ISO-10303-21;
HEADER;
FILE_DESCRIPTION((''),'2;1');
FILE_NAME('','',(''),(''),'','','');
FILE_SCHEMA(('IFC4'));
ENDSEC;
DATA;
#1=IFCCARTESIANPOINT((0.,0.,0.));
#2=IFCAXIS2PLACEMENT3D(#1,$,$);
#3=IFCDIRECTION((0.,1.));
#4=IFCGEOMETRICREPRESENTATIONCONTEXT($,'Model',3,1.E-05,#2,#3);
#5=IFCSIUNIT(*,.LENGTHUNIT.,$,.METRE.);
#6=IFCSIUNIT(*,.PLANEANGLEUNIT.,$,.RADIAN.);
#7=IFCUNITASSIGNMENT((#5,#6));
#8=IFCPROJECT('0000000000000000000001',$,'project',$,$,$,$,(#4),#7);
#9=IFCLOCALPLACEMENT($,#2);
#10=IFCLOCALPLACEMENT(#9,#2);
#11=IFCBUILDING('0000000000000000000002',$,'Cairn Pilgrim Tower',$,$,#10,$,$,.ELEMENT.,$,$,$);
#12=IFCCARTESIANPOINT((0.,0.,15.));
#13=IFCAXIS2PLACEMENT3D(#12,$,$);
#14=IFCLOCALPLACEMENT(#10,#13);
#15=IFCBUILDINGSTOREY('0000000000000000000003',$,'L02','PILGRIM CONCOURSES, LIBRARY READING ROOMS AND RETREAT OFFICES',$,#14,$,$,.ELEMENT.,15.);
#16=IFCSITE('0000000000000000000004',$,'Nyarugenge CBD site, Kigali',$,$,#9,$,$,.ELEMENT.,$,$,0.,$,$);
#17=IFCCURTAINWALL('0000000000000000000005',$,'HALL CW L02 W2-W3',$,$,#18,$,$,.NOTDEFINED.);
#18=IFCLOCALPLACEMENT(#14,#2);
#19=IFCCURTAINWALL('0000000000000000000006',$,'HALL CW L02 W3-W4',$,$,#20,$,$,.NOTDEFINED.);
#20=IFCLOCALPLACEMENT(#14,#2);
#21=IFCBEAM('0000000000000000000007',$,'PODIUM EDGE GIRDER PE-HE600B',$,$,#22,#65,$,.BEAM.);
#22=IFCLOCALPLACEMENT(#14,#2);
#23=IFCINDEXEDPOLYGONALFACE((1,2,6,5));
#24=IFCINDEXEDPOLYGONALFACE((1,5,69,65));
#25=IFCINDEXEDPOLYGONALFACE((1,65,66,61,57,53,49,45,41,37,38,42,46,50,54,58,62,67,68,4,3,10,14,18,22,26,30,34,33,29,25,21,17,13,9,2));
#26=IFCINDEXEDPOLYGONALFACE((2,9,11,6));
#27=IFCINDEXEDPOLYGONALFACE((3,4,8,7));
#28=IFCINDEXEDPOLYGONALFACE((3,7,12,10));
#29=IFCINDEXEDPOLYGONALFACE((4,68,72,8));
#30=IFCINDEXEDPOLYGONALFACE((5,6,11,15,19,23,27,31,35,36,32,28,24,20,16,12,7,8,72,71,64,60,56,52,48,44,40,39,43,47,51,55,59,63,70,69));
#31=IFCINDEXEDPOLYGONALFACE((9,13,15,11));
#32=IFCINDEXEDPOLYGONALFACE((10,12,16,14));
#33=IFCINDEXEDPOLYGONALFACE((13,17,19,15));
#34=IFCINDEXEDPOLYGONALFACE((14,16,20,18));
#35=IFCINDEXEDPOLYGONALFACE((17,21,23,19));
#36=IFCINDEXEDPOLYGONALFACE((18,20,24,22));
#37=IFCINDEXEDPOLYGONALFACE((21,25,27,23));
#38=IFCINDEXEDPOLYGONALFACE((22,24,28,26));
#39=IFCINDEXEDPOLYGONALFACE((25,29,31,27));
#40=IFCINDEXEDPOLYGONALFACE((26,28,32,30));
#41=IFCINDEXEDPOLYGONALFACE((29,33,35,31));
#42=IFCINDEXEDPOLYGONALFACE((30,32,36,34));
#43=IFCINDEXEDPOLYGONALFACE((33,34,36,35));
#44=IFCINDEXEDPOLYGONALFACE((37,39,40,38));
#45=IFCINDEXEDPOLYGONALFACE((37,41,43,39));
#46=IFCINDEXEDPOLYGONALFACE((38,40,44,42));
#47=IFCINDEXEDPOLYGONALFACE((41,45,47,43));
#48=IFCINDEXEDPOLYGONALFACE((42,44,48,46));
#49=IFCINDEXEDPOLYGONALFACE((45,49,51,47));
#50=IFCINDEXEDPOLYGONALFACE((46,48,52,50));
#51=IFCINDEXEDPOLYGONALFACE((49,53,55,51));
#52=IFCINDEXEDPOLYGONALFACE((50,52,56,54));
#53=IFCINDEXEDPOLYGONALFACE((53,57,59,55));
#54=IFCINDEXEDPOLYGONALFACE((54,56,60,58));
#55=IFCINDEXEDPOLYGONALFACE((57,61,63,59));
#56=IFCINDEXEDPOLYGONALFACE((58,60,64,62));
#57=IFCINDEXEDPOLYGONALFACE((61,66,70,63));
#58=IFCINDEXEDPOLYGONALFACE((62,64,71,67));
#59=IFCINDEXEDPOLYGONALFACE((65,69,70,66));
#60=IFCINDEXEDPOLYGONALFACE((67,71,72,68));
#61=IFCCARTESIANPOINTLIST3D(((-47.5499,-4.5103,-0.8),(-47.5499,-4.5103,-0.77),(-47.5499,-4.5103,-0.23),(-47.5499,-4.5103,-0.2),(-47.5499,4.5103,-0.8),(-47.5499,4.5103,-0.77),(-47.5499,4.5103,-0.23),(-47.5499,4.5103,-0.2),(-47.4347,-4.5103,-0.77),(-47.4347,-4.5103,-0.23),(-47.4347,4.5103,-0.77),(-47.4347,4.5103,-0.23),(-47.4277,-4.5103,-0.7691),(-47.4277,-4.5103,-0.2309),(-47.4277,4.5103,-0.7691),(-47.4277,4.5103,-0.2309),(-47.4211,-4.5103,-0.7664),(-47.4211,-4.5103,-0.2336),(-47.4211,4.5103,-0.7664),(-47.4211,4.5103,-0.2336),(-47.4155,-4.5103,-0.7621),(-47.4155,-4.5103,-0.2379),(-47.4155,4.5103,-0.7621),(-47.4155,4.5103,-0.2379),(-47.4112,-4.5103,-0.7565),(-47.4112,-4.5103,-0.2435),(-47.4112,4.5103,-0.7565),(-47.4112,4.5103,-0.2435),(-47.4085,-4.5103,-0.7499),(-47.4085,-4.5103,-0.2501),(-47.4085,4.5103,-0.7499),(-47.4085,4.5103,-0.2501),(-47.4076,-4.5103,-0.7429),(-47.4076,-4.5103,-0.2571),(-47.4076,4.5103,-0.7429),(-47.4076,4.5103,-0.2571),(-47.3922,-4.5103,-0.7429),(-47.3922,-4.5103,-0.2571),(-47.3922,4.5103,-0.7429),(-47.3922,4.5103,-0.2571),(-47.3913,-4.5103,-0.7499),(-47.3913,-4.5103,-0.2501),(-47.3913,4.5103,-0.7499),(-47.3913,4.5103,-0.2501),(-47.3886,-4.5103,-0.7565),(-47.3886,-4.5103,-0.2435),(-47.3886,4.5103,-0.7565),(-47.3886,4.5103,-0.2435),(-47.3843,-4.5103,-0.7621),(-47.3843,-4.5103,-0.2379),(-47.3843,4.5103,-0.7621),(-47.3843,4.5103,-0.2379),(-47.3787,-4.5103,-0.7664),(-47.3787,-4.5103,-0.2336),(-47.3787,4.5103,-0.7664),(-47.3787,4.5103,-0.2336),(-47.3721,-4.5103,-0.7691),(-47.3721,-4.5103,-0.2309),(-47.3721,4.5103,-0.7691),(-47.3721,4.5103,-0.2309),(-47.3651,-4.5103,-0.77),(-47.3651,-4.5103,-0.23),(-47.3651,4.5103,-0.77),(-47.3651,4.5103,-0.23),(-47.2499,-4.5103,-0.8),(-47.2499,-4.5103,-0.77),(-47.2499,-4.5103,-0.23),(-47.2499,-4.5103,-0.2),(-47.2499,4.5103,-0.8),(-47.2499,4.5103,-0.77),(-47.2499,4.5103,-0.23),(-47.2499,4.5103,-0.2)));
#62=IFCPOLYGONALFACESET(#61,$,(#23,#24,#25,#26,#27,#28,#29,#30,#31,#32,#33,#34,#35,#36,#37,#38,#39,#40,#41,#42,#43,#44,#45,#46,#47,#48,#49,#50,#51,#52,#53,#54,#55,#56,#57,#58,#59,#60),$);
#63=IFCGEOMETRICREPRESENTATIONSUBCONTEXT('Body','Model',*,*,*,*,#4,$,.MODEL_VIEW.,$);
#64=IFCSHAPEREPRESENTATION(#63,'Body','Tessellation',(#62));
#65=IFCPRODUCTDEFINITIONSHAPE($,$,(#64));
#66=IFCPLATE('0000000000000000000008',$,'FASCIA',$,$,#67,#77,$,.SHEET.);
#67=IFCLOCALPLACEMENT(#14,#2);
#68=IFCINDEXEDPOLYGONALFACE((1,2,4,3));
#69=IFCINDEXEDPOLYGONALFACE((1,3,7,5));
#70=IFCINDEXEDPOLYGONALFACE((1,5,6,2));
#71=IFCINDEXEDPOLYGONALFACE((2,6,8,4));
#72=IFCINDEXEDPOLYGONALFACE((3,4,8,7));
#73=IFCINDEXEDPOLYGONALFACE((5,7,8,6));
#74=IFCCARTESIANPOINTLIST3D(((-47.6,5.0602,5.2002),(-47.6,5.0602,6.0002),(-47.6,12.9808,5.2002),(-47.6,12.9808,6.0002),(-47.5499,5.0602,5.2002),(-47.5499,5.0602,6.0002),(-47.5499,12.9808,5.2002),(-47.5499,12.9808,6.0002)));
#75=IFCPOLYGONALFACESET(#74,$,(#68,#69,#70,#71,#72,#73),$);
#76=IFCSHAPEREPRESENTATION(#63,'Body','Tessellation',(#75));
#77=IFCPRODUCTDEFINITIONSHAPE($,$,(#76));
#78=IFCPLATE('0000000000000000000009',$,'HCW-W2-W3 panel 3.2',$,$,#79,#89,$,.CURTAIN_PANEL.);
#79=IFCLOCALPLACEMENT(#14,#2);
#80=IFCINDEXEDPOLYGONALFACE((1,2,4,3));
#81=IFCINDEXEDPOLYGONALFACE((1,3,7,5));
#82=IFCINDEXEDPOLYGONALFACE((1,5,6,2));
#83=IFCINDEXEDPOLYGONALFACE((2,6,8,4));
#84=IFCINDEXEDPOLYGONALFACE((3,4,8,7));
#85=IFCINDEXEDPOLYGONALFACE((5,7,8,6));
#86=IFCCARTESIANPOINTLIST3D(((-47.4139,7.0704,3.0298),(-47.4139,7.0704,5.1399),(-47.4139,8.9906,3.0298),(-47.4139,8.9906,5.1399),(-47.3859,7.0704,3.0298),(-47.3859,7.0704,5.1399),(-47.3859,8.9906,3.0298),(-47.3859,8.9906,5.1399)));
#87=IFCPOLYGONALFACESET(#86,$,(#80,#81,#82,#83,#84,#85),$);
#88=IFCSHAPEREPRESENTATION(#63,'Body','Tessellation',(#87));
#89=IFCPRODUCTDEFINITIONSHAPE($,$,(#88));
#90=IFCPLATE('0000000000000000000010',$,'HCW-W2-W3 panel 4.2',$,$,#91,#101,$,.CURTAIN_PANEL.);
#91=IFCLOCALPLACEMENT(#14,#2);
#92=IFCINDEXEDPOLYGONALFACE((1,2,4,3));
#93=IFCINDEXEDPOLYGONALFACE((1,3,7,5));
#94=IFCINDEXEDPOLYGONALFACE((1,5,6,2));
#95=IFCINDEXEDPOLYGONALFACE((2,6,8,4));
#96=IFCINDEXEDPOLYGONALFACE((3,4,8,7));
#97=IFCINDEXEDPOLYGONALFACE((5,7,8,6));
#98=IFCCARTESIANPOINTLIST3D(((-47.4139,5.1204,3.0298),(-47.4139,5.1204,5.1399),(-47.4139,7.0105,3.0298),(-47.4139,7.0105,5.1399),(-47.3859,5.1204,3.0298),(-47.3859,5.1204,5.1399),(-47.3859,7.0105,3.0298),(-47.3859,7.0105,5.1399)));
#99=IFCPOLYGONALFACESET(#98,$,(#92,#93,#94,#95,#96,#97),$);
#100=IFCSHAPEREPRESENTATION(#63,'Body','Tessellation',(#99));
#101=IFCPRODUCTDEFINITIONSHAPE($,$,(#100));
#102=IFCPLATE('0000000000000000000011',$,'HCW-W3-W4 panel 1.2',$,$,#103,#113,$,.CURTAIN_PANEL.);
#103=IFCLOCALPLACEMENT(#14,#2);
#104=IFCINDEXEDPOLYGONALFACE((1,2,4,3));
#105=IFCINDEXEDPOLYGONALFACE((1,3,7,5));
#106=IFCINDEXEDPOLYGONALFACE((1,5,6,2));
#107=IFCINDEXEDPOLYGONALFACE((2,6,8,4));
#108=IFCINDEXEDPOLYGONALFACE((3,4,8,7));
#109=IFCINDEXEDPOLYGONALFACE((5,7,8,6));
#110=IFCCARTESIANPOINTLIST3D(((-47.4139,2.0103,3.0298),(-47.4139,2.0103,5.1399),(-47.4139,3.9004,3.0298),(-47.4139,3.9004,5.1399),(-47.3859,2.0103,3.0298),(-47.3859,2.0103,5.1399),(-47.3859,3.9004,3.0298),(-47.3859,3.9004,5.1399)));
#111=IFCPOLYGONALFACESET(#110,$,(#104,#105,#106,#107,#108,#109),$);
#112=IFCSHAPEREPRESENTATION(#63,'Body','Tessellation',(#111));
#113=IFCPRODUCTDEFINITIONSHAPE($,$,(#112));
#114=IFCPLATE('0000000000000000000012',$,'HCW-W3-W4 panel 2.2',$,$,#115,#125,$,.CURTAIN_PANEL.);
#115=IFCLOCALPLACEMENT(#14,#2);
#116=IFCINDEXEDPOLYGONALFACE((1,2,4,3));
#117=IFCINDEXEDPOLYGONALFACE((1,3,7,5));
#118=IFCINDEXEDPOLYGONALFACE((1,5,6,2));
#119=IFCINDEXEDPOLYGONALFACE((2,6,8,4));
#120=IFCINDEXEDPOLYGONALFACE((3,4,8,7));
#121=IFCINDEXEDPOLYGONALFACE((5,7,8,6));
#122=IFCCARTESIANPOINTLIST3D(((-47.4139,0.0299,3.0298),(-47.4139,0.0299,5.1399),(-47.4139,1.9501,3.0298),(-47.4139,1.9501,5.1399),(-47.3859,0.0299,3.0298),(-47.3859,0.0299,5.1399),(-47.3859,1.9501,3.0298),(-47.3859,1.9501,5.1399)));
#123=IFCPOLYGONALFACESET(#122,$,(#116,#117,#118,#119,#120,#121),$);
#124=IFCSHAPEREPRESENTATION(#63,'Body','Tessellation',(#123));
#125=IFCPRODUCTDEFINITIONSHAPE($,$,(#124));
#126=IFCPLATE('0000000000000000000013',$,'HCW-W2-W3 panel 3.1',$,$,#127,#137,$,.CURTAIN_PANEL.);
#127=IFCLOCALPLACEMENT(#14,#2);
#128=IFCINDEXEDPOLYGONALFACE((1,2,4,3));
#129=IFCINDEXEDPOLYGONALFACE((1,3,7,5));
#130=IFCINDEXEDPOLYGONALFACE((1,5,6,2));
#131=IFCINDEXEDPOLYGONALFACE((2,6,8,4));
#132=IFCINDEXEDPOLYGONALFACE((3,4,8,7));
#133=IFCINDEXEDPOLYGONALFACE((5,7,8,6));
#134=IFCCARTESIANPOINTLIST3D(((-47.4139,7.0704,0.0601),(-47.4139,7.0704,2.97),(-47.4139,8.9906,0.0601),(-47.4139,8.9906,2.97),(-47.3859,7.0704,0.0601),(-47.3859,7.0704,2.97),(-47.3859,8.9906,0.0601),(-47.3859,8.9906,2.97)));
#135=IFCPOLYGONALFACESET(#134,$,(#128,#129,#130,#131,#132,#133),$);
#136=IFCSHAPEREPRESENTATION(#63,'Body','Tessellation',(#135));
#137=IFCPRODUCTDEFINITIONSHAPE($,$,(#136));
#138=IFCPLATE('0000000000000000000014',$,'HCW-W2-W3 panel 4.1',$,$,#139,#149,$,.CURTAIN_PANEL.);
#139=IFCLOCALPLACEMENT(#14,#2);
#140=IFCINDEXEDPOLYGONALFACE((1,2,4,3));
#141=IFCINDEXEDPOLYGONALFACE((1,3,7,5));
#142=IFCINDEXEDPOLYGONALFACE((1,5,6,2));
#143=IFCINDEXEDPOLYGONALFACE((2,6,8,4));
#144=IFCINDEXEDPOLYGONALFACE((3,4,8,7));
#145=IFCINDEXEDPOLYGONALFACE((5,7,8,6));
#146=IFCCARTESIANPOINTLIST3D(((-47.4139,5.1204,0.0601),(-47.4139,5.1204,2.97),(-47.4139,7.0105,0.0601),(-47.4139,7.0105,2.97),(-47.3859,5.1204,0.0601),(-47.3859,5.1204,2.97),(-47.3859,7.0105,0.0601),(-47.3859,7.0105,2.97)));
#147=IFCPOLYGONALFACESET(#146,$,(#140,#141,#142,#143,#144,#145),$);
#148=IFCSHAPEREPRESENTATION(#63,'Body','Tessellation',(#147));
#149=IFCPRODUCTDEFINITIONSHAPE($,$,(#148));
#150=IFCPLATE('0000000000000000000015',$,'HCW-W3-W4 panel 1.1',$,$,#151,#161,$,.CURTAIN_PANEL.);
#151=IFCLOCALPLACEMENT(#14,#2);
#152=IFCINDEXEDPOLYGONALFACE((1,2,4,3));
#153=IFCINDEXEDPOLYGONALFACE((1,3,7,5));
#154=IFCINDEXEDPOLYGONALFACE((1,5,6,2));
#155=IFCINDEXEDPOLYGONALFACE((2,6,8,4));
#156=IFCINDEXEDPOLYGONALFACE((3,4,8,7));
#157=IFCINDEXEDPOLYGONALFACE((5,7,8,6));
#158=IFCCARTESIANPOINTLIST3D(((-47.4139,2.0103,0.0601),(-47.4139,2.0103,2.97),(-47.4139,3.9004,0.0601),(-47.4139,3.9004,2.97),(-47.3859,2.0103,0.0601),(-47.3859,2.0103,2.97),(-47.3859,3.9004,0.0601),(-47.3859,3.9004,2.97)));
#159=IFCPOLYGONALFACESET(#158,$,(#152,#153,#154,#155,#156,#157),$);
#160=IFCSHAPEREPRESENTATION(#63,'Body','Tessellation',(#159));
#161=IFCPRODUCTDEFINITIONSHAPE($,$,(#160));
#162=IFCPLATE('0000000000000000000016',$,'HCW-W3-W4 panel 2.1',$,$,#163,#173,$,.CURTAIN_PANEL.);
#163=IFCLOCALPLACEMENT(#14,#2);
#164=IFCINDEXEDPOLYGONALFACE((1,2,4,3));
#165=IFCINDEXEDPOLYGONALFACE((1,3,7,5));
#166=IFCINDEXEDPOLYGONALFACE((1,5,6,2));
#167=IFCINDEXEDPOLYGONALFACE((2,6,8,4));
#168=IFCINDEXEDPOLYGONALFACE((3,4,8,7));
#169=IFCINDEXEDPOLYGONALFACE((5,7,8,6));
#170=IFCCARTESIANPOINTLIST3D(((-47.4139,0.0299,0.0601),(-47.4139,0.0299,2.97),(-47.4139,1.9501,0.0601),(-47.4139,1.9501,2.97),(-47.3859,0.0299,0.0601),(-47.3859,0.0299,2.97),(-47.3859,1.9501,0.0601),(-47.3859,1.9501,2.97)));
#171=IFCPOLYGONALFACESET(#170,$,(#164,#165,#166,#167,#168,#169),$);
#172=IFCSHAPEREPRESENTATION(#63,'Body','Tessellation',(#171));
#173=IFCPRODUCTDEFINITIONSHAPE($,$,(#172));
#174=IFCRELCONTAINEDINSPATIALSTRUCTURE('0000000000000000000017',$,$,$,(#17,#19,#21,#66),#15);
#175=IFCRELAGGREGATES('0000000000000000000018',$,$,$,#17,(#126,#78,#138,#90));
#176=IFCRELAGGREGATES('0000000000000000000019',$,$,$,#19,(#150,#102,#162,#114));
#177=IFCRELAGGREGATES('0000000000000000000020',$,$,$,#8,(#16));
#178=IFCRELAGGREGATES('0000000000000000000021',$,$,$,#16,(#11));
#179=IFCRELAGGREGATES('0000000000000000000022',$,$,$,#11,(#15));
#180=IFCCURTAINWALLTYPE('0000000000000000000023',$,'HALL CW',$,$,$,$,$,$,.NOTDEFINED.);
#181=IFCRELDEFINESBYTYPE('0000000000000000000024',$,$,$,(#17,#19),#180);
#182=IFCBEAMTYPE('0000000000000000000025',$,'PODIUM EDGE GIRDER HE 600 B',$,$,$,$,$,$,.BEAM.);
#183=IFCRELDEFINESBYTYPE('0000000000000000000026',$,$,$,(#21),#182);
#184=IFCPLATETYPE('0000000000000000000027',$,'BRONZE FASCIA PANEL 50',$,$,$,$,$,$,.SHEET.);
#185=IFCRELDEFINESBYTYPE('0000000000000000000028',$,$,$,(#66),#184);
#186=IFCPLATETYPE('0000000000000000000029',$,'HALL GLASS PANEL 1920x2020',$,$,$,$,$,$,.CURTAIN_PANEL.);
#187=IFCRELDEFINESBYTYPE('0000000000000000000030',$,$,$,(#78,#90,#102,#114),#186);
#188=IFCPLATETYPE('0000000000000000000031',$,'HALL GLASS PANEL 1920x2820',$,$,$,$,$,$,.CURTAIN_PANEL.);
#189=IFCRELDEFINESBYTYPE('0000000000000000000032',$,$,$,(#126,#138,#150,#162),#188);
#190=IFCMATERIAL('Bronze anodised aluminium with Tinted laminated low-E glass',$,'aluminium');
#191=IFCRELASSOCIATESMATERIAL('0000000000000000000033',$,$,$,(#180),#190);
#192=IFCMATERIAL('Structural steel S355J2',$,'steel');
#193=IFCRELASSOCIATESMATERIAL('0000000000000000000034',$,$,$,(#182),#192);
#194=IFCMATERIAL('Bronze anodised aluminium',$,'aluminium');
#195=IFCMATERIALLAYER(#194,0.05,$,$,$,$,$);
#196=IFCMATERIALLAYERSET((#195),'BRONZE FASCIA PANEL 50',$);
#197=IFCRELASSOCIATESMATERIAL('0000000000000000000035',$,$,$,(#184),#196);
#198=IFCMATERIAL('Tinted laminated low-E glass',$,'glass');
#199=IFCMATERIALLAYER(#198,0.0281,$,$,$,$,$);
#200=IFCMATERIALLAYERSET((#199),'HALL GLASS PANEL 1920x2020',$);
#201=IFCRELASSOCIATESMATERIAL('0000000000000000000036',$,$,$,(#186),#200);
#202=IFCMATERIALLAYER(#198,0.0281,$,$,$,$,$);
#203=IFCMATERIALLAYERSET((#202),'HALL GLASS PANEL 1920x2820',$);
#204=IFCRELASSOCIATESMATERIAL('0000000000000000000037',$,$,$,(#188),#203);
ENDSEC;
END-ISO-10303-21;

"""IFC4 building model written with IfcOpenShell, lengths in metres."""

from ifc_helpers import new_model, si_unit, direction, frame, origin, origin_2d, place, context, subcontext, project, spatial, rectangle, i_section, extrude, material, layer, layer_set, material_profile, profile_set, type_object, element, aggregate, save


model = new_model("IFC4")

# Units and contexts
model_context = context("Model", 3, precision=1e-05, world=origin(), true_north=direction((0.0, 1.0)))
body_context = subcontext(model_context, "Body", "Model", "MODEL_VIEW")
ifc_project = project(units=[si_unit("LENGTHUNIT", "METRE"), si_unit("PLANEANGLEUNIT", "RADIAN")], contexts=[model_context])

# Site, building, storey
site_placement = place(None, origin())
site = spatial("IfcSite", under=ifc_project, at=site_placement, Name="Nyarugenge CBD site, Kigali", CompositionType="ELEMENT", RefElevation=0.0)
building_placement = place(site_placement, origin())
building = spatial("IfcBuilding", under=site, at=building_placement, Name="Cairn Pilgrim Tower", CompositionType="ELEMENT")
storey_placement = place(building_placement, frame((0.0, 0.0, 15.0)))
storey = spatial("IfcBuildingStorey", under=building, at=storey_placement, Name="L02", Description="PILGRIM CONCOURSES, LIBRARY READING ROOMS AND RETREAT OFFICES", CompositionType="ELEMENT", Elevation=15.0)

# Curtain walls
ifc_material_1 = material(Name="Bronze anodised aluminium with Tinted laminated low-E glass", Category="aluminium")
curtain_wall_type = type_object("IfcCurtainWallType", Name="HALL CW", PredefinedType="NOTDEFINED", material=ifc_material_1)
curtain_wall_1_placement = place(storey_placement, origin())
curtain_wall_1 = element("IfcCurtainWall", 1, at=curtain_wall_1_placement, inside=storey, type_object=curtain_wall_type, Name="HALL CW L02 W2-W3", PredefinedType="NOTDEFINED")
ifc_material_2 = material(Name="Bronze anodised aluminium", Category="aluminium")
curtain_wall_2_placement = place(storey_placement, origin())
curtain_wall_2 = element("IfcCurtainWall", 2, at=curtain_wall_2_placement, inside=storey, type_object=curtain_wall_type, Name="HALL CW L02 W3-W4", PredefinedType="NOTDEFINED")

# Beam
ifc_material_3 = material(Name="Structural steel S355J2", Category="steel")
ifc_material_profile_1 = material_profile(ifc_material_3, i_section(OverallWidth=0.3, OverallDepth=0.6001, WebThickness=0.0154, FlangeThickness=0.03, FilletRadius=0.0271, at=origin_2d()), Name="HEB 600")
ifc_profile_set_1 = profile_set([ifc_material_profile_1], Name="Structural steel S355J2")
beam_type = type_object("IfcBeamType", Name="PODIUM EDGE GIRDER HE 600 B", PredefinedType="BEAM", material=ifc_profile_set_1)
beam_placement = place(storey_placement, frame((-47.3999, 4.5103, -0.5), z_axis=(0.0, -1.0, 0.0), x_axis=(1.0, 0.0, 0.0)))
element("IfcBeam", 3, at=beam_placement, inside=storey, type_object=beam_type, Name="PODIUM EDGE GIRDER PE-HE600B", PredefinedType="BEAM", context=body_context, shape_type="SweptSolid", body=[
    extrude(i_section(OverallWidth=0.3, OverallDepth=0.6001, WebThickness=0.0154, FlangeThickness=0.03, FilletRadius=0.0271, at=origin_2d()), origin(), (0.0, 0.0, 1.0), 9.0205),
])

# Plates
ifc_layer_1 = layer(ifc_material_2, 0.05)
ifc_layer_set_1 = layer_set([ifc_layer_1], Name="BRONZE FASCIA PANEL 50")
plate_type_1 = type_object("IfcPlateType", Name="BRONZE FASCIA PANEL 50", PredefinedType="SHEET", material=ifc_layer_set_1)
plate_1_placement = place(storey_placement, frame((-47.575, 9.0205, 5.2002), z_axis=(0.0, 0.0, 1.0), x_axis=(0.0, -1.0, 0.0)))
element("IfcPlate", 4, at=plate_1_placement, inside=storey, type_object=plate_type_1, Name="FASCIA", PredefinedType="SHEET", context=body_context, shape_type="SweptSolid", body=[
    extrude(rectangle(XDim=7.9207, YDim=0.05, at=origin_2d()), origin(), (0.0, 0.0, 1.0), 0.8),
])
ifc_material_4 = material(Name="Tinted laminated low-E glass", Category="glass")
ifc_layer_2 = layer(ifc_material_4, 0.0281)
ifc_layer_set_2 = layer_set([ifc_layer_2], Name="HALL GLASS PANEL 1920x2020")
plate_type_2 = type_object("IfcPlateType", Name="HALL GLASS PANEL 1920x2020", PredefinedType="CURTAIN_PANEL", material=ifc_layer_set_2)
plate_2_placement = place(storey_placement, frame((-47.3999, 8.0305, 3.0298), z_axis=(0.0, 0.0, 1.0), x_axis=(0.0, -1.0, 0.0)))
plate_2 = element("IfcPlate", 5, at=plate_2_placement, type_object=plate_type_2, Name="HCW-W2-W3 panel 3.2", PredefinedType="CURTAIN_PANEL", context=body_context, shape_type="SweptSolid", body=[
    extrude(rectangle(XDim=1.9202, YDim=0.0281, at=origin_2d()), origin(), (0.0, 0.0, 1.0), 2.1101),
])
plate_3_placement = place(storey_placement, frame((-47.3999, 6.0654, 3.0298), z_axis=(0.0, 0.0, 1.0), x_axis=(0.0, -1.0, 0.0)))
plate_3 = element("IfcPlate", 6, at=plate_3_placement, type_object=plate_type_2, Name="HCW-W2-W3 panel 4.2", PredefinedType="CURTAIN_PANEL", context=body_context, shape_type="SweptSolid", body=[
    extrude(rectangle(XDim=1.8901, YDim=0.0281, at=origin_2d()), origin(), (0.0, 0.0, 1.0), 2.1101),
])
plate_4_placement = place(storey_placement, frame((-47.3999, 2.9553, 3.0298), z_axis=(0.0, 0.0, 1.0), x_axis=(0.0, -1.0, 0.0)))
plate_4 = element("IfcPlate", 7, at=plate_4_placement, type_object=plate_type_2, Name="HCW-W3-W4 panel 1.2", PredefinedType="CURTAIN_PANEL", context=body_context, shape_type="SweptSolid", body=[
    extrude(rectangle(XDim=1.8901, YDim=0.0281, at=origin_2d()), origin(), (0.0, 0.0, 1.0), 2.1101),
])
plate_5_placement = place(storey_placement, frame((-47.3999, 0.99, 3.0298), z_axis=(0.0, 0.0, 1.0), x_axis=(0.0, -1.0, 0.0)))
plate_5 = element("IfcPlate", 8, at=plate_5_placement, type_object=plate_type_2, Name="HCW-W3-W4 panel 2.2", PredefinedType="CURTAIN_PANEL", context=body_context, shape_type="SweptSolid", body=[
    extrude(rectangle(XDim=1.9202, YDim=0.0281, at=origin_2d()), origin(), (0.0, 0.0, 1.0), 2.1101),
])
ifc_layer_3 = layer(ifc_material_4, 0.0281)
ifc_layer_set_3 = layer_set([ifc_layer_3], Name="HALL GLASS PANEL 1920x2820")
plate_type_3 = type_object("IfcPlateType", Name="HALL GLASS PANEL 1920x2820", PredefinedType="CURTAIN_PANEL", material=ifc_layer_set_3)
plate_6_placement = place(storey_placement, frame((-47.3999, 8.0305, 0.0601), z_axis=(0.0, 0.0, 1.0), x_axis=(0.0, -1.0, 0.0)))
plate_6 = element("IfcPlate", 9, at=plate_6_placement, type_object=plate_type_3, Name="HCW-W2-W3 panel 3.1", PredefinedType="CURTAIN_PANEL", context=body_context, shape_type="SweptSolid", body=[
    extrude(rectangle(XDim=1.9202, YDim=0.0281, at=origin_2d()), origin(), (0.0, 0.0, 1.0), 2.9099),
])
plate_7_placement = place(storey_placement, frame((-47.3999, 6.0654, 0.0601), z_axis=(0.0, 0.0, 1.0), x_axis=(0.0, -1.0, 0.0)))
plate_7 = element("IfcPlate", 10, at=plate_7_placement, type_object=plate_type_3, Name="HCW-W2-W3 panel 4.1", PredefinedType="CURTAIN_PANEL", context=body_context, shape_type="SweptSolid", body=[
    extrude(rectangle(XDim=1.8901, YDim=0.0281, at=origin_2d()), origin(), (0.0, 0.0, 1.0), 2.9099),
])
aggregate(curtain_wall_1, [plate_6, plate_2, plate_7, plate_3])
plate_8_placement = place(storey_placement, frame((-47.3999, 2.9553, 0.0601), z_axis=(0.0, 0.0, 1.0), x_axis=(0.0, -1.0, 0.0)))
plate_8 = element("IfcPlate", 11, at=plate_8_placement, type_object=plate_type_3, Name="HCW-W3-W4 panel 1.1", PredefinedType="CURTAIN_PANEL", context=body_context, shape_type="SweptSolid", body=[
    extrude(rectangle(XDim=1.8901, YDim=0.0281, at=origin_2d()), origin(), (0.0, 0.0, 1.0), 2.9099),
])
plate_9_placement = place(storey_placement, frame((-47.3999, 0.99, 0.0601), z_axis=(0.0, 0.0, 1.0), x_axis=(0.0, -1.0, 0.0)))
plate_9 = element("IfcPlate", 12, at=plate_9_placement, type_object=plate_type_3, Name="HCW-W3-W4 panel 2.1", PredefinedType="CURTAIN_PANEL", context=body_context, shape_type="SweptSolid", body=[
    extrude(rectangle(XDim=1.9202, YDim=0.0281, at=origin_2d()), origin(), (0.0, 0.0, 1.0), 2.9099),
])
aggregate(curtain_wall_2, [plate_8, plate_4, plate_9, plate_5])

save(model, "model.ifc")
